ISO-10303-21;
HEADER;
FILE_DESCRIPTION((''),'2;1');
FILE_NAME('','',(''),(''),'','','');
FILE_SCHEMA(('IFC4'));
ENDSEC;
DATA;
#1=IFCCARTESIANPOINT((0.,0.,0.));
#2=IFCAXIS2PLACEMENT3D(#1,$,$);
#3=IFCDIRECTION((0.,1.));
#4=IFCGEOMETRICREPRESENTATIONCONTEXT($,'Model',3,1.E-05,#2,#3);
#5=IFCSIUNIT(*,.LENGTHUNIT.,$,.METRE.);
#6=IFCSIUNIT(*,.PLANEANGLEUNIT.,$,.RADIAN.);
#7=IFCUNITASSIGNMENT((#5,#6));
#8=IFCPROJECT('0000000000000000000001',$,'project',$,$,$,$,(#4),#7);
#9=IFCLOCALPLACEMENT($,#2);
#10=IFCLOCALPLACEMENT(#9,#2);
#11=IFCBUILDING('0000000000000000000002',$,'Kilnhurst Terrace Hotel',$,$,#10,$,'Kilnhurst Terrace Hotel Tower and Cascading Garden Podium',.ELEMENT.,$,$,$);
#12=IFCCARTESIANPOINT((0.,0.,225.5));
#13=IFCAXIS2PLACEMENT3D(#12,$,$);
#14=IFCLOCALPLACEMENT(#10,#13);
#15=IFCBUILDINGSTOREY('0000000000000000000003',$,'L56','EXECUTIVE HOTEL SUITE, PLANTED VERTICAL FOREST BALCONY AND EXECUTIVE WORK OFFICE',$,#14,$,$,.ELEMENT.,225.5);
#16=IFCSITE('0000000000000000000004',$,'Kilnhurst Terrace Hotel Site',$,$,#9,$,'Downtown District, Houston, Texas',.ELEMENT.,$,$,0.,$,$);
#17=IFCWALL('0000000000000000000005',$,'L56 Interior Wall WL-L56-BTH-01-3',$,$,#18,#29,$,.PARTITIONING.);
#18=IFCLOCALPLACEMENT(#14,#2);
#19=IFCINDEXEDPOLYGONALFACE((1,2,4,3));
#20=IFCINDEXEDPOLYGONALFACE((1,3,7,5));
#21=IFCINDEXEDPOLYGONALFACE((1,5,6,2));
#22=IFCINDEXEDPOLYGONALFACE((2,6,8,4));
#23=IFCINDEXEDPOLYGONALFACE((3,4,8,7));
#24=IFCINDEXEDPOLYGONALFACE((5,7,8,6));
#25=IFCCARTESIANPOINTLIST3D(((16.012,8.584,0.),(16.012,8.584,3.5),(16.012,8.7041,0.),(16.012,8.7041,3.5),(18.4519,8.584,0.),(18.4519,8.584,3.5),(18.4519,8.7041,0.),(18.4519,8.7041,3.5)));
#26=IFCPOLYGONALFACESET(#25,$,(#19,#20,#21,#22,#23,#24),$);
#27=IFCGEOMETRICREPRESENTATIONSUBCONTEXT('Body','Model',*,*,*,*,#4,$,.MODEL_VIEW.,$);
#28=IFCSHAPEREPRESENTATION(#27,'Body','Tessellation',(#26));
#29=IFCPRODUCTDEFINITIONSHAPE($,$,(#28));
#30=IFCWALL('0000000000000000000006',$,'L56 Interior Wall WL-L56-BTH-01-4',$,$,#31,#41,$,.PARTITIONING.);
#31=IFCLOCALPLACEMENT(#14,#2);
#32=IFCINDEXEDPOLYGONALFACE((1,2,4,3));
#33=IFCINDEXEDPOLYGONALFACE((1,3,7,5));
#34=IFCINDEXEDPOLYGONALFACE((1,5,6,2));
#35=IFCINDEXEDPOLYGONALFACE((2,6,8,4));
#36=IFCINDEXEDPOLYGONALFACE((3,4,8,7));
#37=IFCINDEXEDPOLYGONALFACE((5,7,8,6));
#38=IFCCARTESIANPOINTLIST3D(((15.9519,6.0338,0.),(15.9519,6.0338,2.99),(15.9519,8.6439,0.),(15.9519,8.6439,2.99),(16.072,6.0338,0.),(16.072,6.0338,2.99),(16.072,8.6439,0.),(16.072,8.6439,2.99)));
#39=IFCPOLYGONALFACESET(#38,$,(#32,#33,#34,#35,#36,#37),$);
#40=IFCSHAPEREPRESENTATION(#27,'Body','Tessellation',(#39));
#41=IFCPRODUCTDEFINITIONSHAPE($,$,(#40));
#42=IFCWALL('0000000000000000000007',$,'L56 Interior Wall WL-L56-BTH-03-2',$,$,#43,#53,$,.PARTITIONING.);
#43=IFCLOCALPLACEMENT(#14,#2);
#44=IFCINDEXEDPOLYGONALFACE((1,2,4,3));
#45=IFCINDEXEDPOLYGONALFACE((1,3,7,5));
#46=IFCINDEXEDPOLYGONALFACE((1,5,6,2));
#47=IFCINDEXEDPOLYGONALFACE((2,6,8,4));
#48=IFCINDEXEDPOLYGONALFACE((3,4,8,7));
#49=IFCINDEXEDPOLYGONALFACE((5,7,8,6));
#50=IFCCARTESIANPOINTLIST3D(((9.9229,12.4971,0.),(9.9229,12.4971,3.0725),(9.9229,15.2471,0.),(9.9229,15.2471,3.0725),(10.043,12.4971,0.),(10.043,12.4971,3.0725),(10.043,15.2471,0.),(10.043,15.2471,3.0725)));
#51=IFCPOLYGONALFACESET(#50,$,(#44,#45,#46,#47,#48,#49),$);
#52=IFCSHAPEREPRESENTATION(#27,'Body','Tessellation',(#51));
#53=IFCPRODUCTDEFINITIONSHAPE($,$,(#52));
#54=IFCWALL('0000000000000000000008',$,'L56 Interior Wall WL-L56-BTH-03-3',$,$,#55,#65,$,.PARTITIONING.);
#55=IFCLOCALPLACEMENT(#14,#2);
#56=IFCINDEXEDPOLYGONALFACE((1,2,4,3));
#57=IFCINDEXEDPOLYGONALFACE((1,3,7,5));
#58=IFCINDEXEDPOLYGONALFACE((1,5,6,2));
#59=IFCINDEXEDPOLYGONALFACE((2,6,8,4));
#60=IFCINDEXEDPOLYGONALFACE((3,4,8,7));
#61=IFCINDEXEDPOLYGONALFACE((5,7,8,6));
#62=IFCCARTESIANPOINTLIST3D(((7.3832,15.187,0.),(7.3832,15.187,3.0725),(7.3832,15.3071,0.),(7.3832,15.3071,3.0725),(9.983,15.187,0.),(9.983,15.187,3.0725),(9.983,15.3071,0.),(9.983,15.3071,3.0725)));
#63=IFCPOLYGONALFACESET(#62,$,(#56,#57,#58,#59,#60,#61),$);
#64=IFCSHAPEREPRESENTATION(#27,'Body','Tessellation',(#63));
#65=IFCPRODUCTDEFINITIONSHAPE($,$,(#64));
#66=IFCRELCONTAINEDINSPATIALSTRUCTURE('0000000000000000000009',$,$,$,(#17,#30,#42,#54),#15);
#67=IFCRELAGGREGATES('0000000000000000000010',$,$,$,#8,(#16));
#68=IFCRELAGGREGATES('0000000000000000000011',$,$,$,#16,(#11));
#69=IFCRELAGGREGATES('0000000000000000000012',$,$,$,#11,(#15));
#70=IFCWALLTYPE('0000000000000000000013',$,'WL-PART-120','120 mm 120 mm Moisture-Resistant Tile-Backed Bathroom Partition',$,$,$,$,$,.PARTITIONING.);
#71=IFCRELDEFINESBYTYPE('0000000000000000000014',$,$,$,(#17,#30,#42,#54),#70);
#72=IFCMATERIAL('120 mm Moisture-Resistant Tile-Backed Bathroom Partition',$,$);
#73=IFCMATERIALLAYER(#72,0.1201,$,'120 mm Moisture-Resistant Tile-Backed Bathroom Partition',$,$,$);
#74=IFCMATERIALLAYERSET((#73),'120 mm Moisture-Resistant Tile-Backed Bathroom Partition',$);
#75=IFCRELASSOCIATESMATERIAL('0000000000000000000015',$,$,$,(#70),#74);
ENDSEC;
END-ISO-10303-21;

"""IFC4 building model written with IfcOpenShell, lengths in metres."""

from ifc_helpers import new_model, si_unit, direction, frame, frame_2d, origin, place, context, subcontext, project, spatial, rectangle, extrude, material, layer, layer_set, type_object, element, save


model = new_model("IFC4")

# Units and contexts
model_context = context("Model", 3, precision=1e-05, world=origin(), true_north=direction((0.0, 1.0)))
body_context = subcontext(model_context, "Body", "Model", "MODEL_VIEW")
ifc_project = project(units=[si_unit("LENGTHUNIT", "METRE"), si_unit("PLANEANGLEUNIT", "RADIAN")], contexts=[model_context])

# Site, building, storey
site_placement = place(None, origin())
site = spatial("IfcSite", under=ifc_project, at=site_placement, Name="Kilnhurst Terrace Hotel Site", LongName="Downtown District, Houston, Texas", CompositionType="ELEMENT", RefElevation=0.0)
building_placement = place(site_placement, origin())
building = spatial("IfcBuilding", under=site, at=building_placement, Name="Kilnhurst Terrace Hotel", LongName="Kilnhurst Terrace Hotel Tower and Cascading Garden Podium", CompositionType="ELEMENT")
storey_placement = place(building_placement, frame((0.0, 0.0, 225.5)))
storey = spatial("IfcBuildingStorey", under=building, at=storey_placement, Name="L56", Description="EXECUTIVE HOTEL SUITE, PLANTED VERTICAL FOREST BALCONY AND EXECUTIVE WORK OFFICE", CompositionType="ELEMENT", Elevation=225.5)

# Walls
ifc_material_1 = material(Name="120 mm Moisture-Resistant Tile-Backed Bathroom Partition")
ifc_layer_1 = layer(ifc_material_1, 0.1201, Name="120 mm Moisture-Resistant Tile-Backed Bathroom Partition")
ifc_layer_set_1 = layer_set([ifc_layer_1], Name="120 mm Moisture-Resistant Tile-Backed Bathroom Partition")
wall_type_1 = type_object("IfcWallType", Name="WL-PART-120", Description="120 mm 120 mm Moisture-Resistant Tile-Backed Bathroom Partition", PredefinedType="PARTITIONING", material=ifc_layer_set_1)
wall_1_placement = place(storey_placement, frame((18.4519, 8.644, 0.0), z_axis=(0.0, 0.0, 1.0), x_axis=(-1.0, 0.0, 0.0)))
element("IfcWall", 1, at=wall_1_placement, inside=storey, type_object=wall_type_1, Name="L56 Interior Wall WL-L56-BTH-01-3", PredefinedType="PARTITIONING", context=body_context, shape_type="SweptSolid", body=[
    extrude(rectangle(XDim=2.4399, YDim=0.1201, at=frame_2d((1.22, 0.0))), origin(), (0.0, 0.0, 1.0), 3.5),
])
wall_2_placement = place(storey_placement, frame((16.012, 8.644, 0.0), z_axis=(0.0, 0.0, 1.0), x_axis=(0.0, -1.0, 0.0)))
element("IfcWall", 2, at=wall_2_placement, inside=storey, type_object=wall_type_1, Name="L56 Interior Wall WL-L56-BTH-01-4", PredefinedType="PARTITIONING", context=body_context, shape_type="SweptSolid", body=[
    extrude(rectangle(XDim=2.6101, YDim=0.1201, at=frame_2d((1.3052, 0.0))), origin(), (0.0, 0.0, 1.0), 2.99),
])
wall_3_placement = place(storey_placement, frame((9.9829, 12.4971, 0.0), z_axis=(0.0, 0.0, 1.0), x_axis=(0.0, 1.0, 0.0)))
element("IfcWall", 3, at=wall_3_placement, inside=storey, type_object=wall_type_1, Name="L56 Interior Wall WL-L56-BTH-03-2", PredefinedType="PARTITIONING", context=body_context, shape_type="SweptSolid", body=[
    extrude(rectangle(XDim=2.75, YDim=0.1201, at=frame_2d((1.375, 0.0))), origin(), (0.0, 0.0, 1.0), 3.0725),
])
wall_4_placement = place(storey_placement, frame((9.9829, 15.2471, 0.0), z_axis=(0.0, 0.0, 1.0), x_axis=(-1.0, 0.0, 0.0)))
element("IfcWall", 4, at=wall_4_placement, inside=storey, type_object=wall_type_1, Name="L56 Interior Wall WL-L56-BTH-03-3", PredefinedType="PARTITIONING", context=body_context, shape_type="SweptSolid", body=[
    extrude(rectangle(XDim=2.5999, YDim=0.1201, at=frame_2d((1.2998, 0.0))), origin(), (0.0, 0.0, 1.0), 3.0725),
])

save(model, "model.ifc")
